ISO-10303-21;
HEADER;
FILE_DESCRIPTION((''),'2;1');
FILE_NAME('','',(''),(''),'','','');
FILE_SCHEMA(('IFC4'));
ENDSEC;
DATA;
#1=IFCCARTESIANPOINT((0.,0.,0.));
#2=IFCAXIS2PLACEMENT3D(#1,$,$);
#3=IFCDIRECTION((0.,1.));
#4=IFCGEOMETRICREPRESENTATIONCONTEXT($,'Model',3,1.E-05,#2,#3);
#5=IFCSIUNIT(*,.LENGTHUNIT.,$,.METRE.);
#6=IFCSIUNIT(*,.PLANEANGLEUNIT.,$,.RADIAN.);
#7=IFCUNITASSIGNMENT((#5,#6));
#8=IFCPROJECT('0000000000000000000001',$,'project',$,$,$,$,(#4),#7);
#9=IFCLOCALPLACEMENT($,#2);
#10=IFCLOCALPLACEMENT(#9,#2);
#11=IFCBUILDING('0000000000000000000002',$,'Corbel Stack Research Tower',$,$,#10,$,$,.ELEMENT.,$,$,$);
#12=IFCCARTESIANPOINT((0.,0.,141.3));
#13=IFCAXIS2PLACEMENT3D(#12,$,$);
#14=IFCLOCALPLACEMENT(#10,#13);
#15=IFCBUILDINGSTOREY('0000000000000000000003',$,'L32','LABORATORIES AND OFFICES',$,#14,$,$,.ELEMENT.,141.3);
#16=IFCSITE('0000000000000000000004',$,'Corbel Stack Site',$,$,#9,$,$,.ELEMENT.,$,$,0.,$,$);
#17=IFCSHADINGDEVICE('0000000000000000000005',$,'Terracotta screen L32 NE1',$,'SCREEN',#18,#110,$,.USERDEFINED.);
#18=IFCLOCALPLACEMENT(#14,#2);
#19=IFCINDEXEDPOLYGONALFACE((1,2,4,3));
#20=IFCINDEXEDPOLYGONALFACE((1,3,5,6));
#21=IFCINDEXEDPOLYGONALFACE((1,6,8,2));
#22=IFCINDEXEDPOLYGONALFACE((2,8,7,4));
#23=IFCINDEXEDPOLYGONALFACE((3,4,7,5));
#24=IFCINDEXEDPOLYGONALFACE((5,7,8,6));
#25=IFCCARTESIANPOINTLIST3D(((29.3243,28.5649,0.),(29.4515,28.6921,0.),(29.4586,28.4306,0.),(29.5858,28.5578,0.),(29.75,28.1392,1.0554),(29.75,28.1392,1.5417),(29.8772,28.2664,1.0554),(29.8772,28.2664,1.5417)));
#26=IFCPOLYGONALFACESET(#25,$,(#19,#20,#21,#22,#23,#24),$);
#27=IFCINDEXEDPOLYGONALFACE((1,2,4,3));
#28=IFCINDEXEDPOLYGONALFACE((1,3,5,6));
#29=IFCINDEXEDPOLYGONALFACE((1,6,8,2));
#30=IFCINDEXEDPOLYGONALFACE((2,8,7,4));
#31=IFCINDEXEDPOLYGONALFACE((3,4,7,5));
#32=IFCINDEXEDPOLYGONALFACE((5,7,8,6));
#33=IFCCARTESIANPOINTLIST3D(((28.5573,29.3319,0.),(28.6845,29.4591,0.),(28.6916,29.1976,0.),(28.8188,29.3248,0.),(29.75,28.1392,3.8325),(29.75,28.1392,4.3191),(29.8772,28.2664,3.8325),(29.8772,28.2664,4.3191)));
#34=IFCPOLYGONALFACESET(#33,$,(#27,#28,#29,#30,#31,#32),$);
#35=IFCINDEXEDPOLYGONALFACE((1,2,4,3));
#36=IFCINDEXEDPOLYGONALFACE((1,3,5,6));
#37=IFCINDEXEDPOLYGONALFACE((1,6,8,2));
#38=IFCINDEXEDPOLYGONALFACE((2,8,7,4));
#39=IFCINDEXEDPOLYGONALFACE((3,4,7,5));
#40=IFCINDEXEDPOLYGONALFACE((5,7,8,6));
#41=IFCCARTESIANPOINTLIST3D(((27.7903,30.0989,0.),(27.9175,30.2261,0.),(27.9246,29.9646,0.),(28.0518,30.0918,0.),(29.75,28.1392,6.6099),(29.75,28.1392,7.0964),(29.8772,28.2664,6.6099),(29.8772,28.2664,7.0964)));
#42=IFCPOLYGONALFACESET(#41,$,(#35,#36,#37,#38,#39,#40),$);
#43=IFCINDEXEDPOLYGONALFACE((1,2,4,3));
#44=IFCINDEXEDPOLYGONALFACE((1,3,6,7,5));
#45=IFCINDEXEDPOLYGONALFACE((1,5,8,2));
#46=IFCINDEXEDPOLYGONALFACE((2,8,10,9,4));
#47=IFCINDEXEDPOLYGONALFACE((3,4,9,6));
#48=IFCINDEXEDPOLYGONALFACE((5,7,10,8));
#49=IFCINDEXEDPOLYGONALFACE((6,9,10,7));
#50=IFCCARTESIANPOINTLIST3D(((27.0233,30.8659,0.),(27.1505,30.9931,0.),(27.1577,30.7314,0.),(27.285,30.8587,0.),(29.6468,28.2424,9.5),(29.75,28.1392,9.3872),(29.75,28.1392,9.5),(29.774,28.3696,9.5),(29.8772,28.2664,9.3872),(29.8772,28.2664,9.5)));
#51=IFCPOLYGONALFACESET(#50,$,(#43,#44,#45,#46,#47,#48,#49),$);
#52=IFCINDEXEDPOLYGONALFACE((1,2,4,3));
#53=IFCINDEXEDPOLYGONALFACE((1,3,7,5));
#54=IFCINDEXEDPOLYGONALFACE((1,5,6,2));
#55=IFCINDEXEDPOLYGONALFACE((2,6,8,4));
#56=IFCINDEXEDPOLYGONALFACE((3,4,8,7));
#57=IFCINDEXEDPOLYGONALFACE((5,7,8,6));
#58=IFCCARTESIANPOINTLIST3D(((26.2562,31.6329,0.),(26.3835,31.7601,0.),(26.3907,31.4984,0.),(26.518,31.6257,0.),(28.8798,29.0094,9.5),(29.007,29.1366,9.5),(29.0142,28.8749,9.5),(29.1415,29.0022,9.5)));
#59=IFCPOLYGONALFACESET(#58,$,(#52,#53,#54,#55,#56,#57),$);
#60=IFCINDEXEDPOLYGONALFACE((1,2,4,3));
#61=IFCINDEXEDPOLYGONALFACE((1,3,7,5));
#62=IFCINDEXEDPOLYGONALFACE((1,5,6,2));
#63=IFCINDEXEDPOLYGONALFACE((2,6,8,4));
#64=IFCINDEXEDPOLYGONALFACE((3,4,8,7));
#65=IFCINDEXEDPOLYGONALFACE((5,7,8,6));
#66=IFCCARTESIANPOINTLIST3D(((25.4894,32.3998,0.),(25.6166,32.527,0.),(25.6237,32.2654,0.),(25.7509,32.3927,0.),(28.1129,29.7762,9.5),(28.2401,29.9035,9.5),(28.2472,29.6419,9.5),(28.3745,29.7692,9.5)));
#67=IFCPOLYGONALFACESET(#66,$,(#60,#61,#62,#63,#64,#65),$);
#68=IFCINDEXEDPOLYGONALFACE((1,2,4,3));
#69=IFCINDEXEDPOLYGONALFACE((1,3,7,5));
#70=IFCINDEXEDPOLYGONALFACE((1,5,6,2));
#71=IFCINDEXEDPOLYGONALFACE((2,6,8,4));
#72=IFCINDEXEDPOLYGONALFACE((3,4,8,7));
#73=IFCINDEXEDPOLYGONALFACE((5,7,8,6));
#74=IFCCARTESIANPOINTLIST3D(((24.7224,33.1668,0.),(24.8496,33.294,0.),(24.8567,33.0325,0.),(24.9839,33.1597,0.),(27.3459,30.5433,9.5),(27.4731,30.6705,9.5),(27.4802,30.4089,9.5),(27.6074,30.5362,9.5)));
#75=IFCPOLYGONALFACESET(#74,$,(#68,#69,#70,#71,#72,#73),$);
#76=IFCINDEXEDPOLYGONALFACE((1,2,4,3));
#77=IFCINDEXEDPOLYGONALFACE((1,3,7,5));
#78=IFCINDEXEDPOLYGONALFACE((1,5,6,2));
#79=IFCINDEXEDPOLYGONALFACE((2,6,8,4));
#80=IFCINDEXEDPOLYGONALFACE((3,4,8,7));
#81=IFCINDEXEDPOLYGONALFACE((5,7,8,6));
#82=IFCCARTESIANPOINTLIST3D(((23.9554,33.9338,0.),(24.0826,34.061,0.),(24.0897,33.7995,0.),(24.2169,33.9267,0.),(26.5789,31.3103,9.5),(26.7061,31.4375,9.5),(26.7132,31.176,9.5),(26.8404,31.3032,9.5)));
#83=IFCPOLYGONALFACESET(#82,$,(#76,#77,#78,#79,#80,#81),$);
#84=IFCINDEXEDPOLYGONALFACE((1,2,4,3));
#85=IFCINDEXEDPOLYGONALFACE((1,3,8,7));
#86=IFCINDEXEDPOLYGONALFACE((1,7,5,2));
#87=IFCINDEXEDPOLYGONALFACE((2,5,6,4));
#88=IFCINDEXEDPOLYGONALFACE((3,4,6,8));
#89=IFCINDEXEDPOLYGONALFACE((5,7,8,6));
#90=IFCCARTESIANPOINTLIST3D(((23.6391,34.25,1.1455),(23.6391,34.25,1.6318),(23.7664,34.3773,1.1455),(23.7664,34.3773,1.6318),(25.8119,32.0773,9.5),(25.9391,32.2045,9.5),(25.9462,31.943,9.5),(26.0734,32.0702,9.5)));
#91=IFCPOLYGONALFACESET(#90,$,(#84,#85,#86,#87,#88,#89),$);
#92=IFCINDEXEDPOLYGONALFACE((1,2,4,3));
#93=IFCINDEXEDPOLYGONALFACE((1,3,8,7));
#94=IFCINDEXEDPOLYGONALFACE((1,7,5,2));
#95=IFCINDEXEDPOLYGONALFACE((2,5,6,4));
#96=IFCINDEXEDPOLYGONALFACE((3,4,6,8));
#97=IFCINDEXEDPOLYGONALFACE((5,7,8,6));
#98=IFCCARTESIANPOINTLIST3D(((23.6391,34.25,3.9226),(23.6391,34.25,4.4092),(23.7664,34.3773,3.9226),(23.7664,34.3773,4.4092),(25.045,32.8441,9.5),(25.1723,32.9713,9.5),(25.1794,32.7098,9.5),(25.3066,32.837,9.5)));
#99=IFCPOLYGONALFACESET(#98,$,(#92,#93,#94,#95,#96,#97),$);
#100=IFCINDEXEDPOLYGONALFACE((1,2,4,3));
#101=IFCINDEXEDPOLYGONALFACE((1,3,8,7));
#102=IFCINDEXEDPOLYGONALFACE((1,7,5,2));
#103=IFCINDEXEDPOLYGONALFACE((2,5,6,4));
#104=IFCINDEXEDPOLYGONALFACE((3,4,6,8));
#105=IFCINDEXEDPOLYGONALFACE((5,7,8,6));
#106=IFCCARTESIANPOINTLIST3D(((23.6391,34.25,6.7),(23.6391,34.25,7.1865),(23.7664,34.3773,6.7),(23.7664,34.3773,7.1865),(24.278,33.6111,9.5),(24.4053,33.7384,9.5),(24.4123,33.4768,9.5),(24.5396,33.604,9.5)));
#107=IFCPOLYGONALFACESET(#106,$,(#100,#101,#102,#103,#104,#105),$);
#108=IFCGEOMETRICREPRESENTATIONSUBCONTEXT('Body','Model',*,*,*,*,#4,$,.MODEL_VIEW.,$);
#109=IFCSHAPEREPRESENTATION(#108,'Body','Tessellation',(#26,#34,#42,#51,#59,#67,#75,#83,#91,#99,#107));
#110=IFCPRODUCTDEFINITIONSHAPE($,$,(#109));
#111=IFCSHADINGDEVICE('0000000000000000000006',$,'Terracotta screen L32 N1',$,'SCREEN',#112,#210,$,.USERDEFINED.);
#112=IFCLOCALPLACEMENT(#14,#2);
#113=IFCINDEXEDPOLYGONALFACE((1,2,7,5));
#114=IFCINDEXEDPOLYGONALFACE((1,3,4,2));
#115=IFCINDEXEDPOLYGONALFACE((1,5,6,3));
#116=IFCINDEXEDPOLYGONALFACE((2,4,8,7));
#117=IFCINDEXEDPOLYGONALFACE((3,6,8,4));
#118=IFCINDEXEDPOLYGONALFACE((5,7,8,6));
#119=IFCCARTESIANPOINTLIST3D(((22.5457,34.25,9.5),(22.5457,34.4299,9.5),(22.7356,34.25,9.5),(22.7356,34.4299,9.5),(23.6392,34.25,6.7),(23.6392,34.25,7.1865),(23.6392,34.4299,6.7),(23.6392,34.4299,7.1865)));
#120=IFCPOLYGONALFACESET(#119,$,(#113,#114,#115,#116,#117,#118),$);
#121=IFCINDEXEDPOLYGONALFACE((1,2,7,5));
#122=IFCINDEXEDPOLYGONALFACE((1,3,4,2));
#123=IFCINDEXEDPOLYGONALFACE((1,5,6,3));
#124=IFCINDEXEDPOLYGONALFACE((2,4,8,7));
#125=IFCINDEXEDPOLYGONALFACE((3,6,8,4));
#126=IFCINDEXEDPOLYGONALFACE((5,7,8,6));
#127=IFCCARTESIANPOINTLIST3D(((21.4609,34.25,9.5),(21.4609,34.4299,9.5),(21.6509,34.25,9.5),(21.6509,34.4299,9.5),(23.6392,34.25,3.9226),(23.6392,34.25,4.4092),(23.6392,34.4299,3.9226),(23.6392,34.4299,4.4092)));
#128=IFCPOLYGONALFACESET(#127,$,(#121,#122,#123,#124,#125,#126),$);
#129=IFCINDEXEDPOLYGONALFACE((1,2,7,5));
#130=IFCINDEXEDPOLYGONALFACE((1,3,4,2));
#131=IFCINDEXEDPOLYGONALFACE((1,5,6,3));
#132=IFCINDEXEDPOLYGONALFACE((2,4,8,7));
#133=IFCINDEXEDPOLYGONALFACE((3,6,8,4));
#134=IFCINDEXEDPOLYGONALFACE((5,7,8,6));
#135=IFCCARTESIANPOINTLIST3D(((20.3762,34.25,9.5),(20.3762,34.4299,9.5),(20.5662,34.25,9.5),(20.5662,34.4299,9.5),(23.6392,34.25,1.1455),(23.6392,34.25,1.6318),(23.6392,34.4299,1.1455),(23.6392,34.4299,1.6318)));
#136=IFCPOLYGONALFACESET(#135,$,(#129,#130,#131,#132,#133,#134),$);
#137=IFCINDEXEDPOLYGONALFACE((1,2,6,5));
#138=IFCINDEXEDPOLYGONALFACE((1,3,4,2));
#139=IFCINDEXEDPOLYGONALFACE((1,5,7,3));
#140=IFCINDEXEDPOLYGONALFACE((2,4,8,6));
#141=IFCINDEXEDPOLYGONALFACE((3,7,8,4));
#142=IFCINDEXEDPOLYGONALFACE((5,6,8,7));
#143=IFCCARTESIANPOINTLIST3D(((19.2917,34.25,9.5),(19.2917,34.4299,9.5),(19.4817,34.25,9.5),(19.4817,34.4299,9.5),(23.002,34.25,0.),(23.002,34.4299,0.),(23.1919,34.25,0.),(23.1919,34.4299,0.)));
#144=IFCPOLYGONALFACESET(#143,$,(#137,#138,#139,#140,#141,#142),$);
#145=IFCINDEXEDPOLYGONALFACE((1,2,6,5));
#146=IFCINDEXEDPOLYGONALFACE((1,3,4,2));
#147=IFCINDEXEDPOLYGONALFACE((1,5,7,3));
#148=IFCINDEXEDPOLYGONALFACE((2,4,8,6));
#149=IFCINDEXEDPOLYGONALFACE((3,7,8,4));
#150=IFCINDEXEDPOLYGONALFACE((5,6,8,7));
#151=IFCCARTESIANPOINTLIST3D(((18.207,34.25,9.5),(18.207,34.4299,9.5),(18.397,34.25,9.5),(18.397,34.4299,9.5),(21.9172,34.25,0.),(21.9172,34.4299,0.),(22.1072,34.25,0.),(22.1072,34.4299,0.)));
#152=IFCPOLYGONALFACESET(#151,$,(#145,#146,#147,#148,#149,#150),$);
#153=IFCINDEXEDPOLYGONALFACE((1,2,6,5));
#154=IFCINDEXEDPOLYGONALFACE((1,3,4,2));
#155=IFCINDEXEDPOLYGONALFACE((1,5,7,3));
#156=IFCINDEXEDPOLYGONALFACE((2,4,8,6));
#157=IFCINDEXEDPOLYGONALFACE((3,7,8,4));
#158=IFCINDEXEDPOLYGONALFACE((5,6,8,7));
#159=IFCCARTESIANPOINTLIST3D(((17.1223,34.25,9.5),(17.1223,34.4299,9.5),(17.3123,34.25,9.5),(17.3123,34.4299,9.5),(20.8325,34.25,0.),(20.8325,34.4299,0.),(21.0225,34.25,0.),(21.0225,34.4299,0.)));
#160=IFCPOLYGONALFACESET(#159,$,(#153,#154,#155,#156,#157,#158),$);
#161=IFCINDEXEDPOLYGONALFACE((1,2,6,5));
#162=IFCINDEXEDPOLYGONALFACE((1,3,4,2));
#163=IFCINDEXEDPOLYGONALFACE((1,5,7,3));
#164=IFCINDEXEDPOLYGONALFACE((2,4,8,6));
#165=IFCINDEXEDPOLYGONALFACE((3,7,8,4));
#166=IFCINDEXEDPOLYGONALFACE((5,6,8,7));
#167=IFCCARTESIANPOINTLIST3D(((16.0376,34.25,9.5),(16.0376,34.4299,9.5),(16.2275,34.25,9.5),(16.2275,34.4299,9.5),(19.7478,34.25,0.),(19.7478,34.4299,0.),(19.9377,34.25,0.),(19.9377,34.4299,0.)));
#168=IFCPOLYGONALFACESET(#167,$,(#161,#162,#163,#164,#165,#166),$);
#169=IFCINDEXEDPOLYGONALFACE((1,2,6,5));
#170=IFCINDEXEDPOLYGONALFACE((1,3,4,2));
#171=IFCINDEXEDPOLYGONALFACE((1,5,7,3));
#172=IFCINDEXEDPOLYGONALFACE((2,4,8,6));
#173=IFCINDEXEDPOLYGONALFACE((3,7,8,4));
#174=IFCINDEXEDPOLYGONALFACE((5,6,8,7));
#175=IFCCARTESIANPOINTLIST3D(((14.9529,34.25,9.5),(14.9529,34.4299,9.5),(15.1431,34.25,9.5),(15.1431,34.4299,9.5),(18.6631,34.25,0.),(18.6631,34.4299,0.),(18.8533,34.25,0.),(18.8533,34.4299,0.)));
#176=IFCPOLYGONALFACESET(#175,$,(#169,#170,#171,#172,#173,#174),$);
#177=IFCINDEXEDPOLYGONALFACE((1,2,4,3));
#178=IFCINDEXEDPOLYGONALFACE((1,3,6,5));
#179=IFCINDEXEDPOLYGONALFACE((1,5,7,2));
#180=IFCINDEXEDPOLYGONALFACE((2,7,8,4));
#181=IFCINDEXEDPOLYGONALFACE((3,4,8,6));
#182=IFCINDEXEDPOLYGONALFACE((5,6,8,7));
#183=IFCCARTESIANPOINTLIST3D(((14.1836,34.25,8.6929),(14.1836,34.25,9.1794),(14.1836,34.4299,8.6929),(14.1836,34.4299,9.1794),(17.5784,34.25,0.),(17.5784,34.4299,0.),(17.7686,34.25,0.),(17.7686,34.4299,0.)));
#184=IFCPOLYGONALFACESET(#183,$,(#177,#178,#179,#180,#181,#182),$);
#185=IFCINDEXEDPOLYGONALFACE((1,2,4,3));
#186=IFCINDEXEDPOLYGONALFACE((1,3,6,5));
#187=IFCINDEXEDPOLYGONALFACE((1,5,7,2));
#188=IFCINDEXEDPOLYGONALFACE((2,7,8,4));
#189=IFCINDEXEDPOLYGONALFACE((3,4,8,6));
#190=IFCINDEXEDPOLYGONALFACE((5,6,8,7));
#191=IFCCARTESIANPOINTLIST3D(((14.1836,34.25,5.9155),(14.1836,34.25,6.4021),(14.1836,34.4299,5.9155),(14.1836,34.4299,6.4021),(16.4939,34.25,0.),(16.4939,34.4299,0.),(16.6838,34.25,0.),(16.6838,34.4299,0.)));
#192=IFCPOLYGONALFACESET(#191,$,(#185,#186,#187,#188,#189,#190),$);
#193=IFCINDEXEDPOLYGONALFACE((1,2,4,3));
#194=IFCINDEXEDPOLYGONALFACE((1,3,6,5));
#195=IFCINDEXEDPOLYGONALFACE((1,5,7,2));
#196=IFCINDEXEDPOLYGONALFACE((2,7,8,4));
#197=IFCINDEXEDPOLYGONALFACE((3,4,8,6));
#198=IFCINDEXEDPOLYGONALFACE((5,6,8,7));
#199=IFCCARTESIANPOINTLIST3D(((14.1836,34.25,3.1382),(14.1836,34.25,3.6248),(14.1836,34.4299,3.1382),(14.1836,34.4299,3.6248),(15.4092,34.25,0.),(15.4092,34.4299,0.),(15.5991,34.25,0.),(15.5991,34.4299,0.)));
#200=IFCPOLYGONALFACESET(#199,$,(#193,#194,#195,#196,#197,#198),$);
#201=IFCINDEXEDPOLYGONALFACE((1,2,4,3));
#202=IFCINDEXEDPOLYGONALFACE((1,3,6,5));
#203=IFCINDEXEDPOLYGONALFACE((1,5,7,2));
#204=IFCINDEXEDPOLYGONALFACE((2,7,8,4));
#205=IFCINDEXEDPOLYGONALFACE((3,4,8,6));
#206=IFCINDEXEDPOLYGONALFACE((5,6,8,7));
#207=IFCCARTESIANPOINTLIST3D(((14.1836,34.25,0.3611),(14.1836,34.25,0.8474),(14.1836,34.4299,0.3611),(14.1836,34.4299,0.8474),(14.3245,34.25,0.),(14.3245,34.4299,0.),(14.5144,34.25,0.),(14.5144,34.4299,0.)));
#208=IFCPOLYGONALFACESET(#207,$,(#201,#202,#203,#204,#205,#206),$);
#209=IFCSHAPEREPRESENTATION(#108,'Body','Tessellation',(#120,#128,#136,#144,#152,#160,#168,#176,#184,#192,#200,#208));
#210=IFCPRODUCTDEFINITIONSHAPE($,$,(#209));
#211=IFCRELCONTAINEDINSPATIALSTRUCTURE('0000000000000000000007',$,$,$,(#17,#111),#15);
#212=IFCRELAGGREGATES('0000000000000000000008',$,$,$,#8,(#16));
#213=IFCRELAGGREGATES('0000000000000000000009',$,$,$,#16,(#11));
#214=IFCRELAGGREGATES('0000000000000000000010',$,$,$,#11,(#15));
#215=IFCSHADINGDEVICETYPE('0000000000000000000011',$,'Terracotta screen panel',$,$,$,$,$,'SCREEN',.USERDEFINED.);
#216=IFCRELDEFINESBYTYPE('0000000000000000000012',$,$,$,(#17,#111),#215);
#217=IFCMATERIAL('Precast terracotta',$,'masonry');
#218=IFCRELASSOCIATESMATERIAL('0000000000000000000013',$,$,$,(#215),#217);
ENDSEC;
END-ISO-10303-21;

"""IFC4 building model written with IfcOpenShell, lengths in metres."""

from ifc_helpers import new_model, si_unit, direction, frame, origin, place, context, subcontext, project, spatial, polyline, outline, extrude, source, transform, mapped, material, type_object, element, save


model = new_model("IFC4")

# Units and contexts
model_context = context("Model", 3, precision=1e-05, world=origin(), true_north=direction((0.0, 1.0)))
body_context = subcontext(model_context, "Body", "Model", "MODEL_VIEW")
ifc_project = project(units=[si_unit("LENGTHUNIT", "METRE"), si_unit("PLANEANGLEUNIT", "RADIAN")], contexts=[model_context])

# Site, building, storey
site_placement = place(None, origin())
site = spatial("IfcSite", under=ifc_project, at=site_placement, Name="Corbel Stack Site", CompositionType="ELEMENT", RefElevation=0.0)
building_placement = place(site_placement, origin())
building = spatial("IfcBuilding", under=site, at=building_placement, Name="Corbel Stack Research Tower", CompositionType="ELEMENT")
storey_placement = place(building_placement, frame((0.0, 0.0, 141.3)))
storey = spatial("IfcBuildingStorey", under=building, at=storey_placement, Name="L32", Description="LABORATORIES AND OFFICES", CompositionType="ELEMENT", Elevation=141.3)

# Shading devices
ifc_material_1 = material(Name="Precast terracotta", Category="masonry")
shading_device_type = type_object("IfcShadingDeviceType", Name="Terracotta screen panel", ElementType="SCREEN", PredefinedType="USERDEFINED", material=ifc_material_1)
shared_shape_1 = source(origin(), body_context, "Body", "SweptSolid", [
    extrude(outline(polyline([(0.6021, 0.0), (0.0, 1.5417), (0.0, 1.0554), (0.4121, 0.0), (0.6021, 0.0)])), frame((0.0, 0.0, 0.0), z_axis=(0.0, -1.0, 0.0), x_axis=(1.0, 0.0, 0.0)), (0.0, 0.0, 1.0), 0.1799),
    extrude(outline(polyline([(1.6868, 0.0), (0.0, 4.3191), (0.0, 3.8325), (1.4968, 0.0), (1.6868, 0.0)])), frame((0.0, 0.0, 0.0), z_axis=(0.0, -1.0, 0.0), x_axis=(1.0, 0.0, 0.0)), (0.0, 0.0, 1.0), 0.1799),
    extrude(outline(polyline([(2.7715, 0.0), (0.0, 7.0964), (0.0, 6.6099), (2.5815, 0.0), (2.7715, 0.0)])), frame((0.0, 0.0, 0.0), z_axis=(0.0, -1.0, 0.0), x_axis=(1.0, 0.0, 0.0)), (0.0, 0.0, 1.0), 0.1799),
    extrude(outline(polyline([(3.8562, 0.0), (0.146, 9.5), (0.0, 9.5), (0.0, 9.3872), (3.666, 0.0), (3.8562, 0.0)])), frame((0.0, 0.0, 0.0), z_axis=(0.0, -1.0, 0.0), x_axis=(1.0, 0.0, 0.0)), (0.0, 0.0, 1.0), 0.1799),
    extrude(outline(polyline([(4.9409, 0.0), (1.2307, 9.5), (1.0405, 9.5), (4.7507, 0.0), (4.9409, 0.0)])), frame((0.0, 0.0, 0.0), z_axis=(0.0, -1.0, 0.0), x_axis=(1.0, 0.0, 0.0)), (0.0, 0.0, 1.0), 0.1799),
    extrude(outline(polyline([(6.0254, 0.0), (2.3152, 9.5), (2.1252, 9.5), (5.8354, 0.0), (6.0254, 0.0)])), frame((0.0, 0.0, 0.0), z_axis=(0.0, -1.0, 0.0), x_axis=(1.0, 0.0, 0.0)), (0.0, 0.0, 1.0), 0.1799),
    extrude(outline(polyline([(7.1101, 0.0), (3.3999, 9.5), (3.21, 9.5), (6.9202, 0.0), (7.1101, 0.0)])), frame((0.0, 0.0, 0.0), z_axis=(0.0, -1.0, 0.0), x_axis=(1.0, 0.0, 0.0)), (0.0, 0.0, 1.0), 0.1799),
    extrude(outline(polyline([(8.1948, 0.0), (4.4846, 9.5), (4.2947, 9.5), (8.0049, 0.0), (8.1948, 0.0)])), frame((0.0, 0.0, 0.0), z_axis=(0.0, -1.0, 0.0), x_axis=(1.0, 0.0, 0.0)), (0.0, 0.0, 1.0), 0.1799),
    extrude(outline(polyline([(5.5693, 9.5), (5.3794, 9.5), (8.6421, 1.1455), (8.6421, 1.6318), (5.5693, 9.5)])), frame((0.0, 0.0, 0.0), z_axis=(0.0, -1.0, 0.0), x_axis=(1.0, 0.0, 0.0)), (0.0, 0.0, 1.0), 0.1799),
    extrude(outline(polyline([(6.6538, 9.5), (6.4639, 9.5), (8.6421, 3.9226), (8.6421, 4.4092), (6.6538, 9.5)])), frame((0.0, 0.0, 0.0), z_axis=(0.0, -1.0, 0.0), x_axis=(1.0, 0.0, 0.0)), (0.0, 0.0, 1.0), 0.1799),
    extrude(outline(polyline([(7.7385, 9.5), (7.5486, 9.5), (8.6421, 6.7), (8.6421, 7.1865), (7.7385, 9.5)])), frame((0.0, 0.0, 0.0), z_axis=(0.0, -1.0, 0.0), x_axis=(1.0, 0.0, 0.0)), (0.0, 0.0, 1.0), 0.1799),
])
shading_device_1_placement = place(storey_placement, frame((29.75, 28.1392, 0.0), z_axis=(0.0, 0.0, 1.0), x_axis=(-0.707107, 0.707107, 0.0)))
element("IfcShadingDevice", 1, at=shading_device_1_placement, inside=storey, type_object=shading_device_type, Name="Terracotta screen L32 NE1", ObjectType="SCREEN", PredefinedType="USERDEFINED", context=body_context, shape_type="MappedRepresentation", body=[
    mapped(shared_shape_1, transform((0.0, 0.0, 0.0))),
])
shared_shape_2 = source(origin(), body_context, "Body", "SweptSolid", [
    extrude(outline(polyline([(1.0935, 9.5), (0.9036, 9.5), (0.0, 7.1865), (0.0, 6.7), (1.0935, 9.5)])), frame((0.0, 0.0, 0.0), z_axis=(0.0, -1.0, 0.0), x_axis=(1.0, 0.0, 0.0)), (0.0, 0.0, 1.0), 0.1799),
    extrude(outline(polyline([(2.1782, 9.5), (1.9883, 9.5), (0.0, 4.4092), (0.0, 3.9226), (2.1782, 9.5)])), frame((0.0, 0.0, 0.0), z_axis=(0.0, -1.0, 0.0), x_axis=(1.0, 0.0, 0.0)), (0.0, 0.0, 1.0), 0.1799),
    extrude(outline(polyline([(3.2629, 9.5), (3.073, 9.5), (0.0, 1.6318), (0.0, 1.1455), (3.2629, 9.5)])), frame((0.0, 0.0, 0.0), z_axis=(0.0, -1.0, 0.0), x_axis=(1.0, 0.0, 0.0)), (0.0, 0.0, 1.0), 0.1799),
    extrude(outline(polyline([(0.6372, 0.0), (4.3474, 9.5), (4.1575, 9.5), (0.4473, 0.0), (0.6372, 0.0)])), frame((0.0, 0.0, 0.0), z_axis=(0.0, -1.0, 0.0), x_axis=(1.0, 0.0, 0.0)), (0.0, 0.0, 1.0), 0.1799),
    extrude(outline(polyline([(1.7219, 0.0), (5.4321, 9.5), (5.2422, 9.5), (1.532, 0.0), (1.7219, 0.0)])), frame((0.0, 0.0, 0.0), z_axis=(0.0, -1.0, 0.0), x_axis=(1.0, 0.0, 0.0)), (0.0, 0.0, 1.0), 0.1799),
    extrude(outline(polyline([(2.8066, 0.0), (6.5168, 9.5), (6.3269, 9.5), (2.6167, 0.0), (2.8066, 0.0)])), frame((0.0, 0.0, 0.0), z_axis=(0.0, -1.0, 0.0), x_axis=(1.0, 0.0, 0.0)), (0.0, 0.0, 1.0), 0.1799),
    extrude(outline(polyline([(3.8914, 0.0), (7.6016, 9.5), (7.4116, 9.5), (3.7014, 0.0), (3.8914, 0.0)])), frame((0.0, 0.0, 0.0), z_axis=(0.0, -1.0, 0.0), x_axis=(1.0, 0.0, 0.0)), (0.0, 0.0, 1.0), 0.1799),
    extrude(outline(polyline([(4.9761, 0.0), (8.6863, 9.5), (8.4961, 9.5), (4.7859, 0.0), (4.9761, 0.0)])), frame((0.0, 0.0, 0.0), z_axis=(0.0, -1.0, 0.0), x_axis=(1.0, 0.0, 0.0)), (0.0, 0.0, 1.0), 0.1799),
    extrude(outline(polyline([(6.0608, 0.0), (9.4556, 8.6929), (9.4556, 9.1794), (5.8706, 0.0), (6.0608, 0.0)])), frame((0.0, 0.0, 0.0), z_axis=(0.0, -1.0, 0.0), x_axis=(1.0, 0.0, 0.0)), (0.0, 0.0, 1.0), 0.1799),
    extrude(outline(polyline([(7.1453, 0.0), (9.4556, 5.9155), (9.4556, 6.4021), (6.9553, 0.0), (7.1453, 0.0)])), frame((0.0, 0.0, 0.0), z_axis=(0.0, -1.0, 0.0), x_axis=(1.0, 0.0, 0.0)), (0.0, 0.0, 1.0), 0.1799),
    extrude(outline(polyline([(8.23, 0.0), (9.4556, 3.1382), (9.4556, 3.6248), (8.04, 0.0), (8.23, 0.0)])), frame((0.0, 0.0, 0.0), z_axis=(0.0, -1.0, 0.0), x_axis=(1.0, 0.0, 0.0)), (0.0, 0.0, 1.0), 0.1799),
    extrude(outline(polyline([(9.3147, 0.0), (9.4556, 0.3611), (9.4556, 0.8474), (9.1248, 0.0), (9.3147, 0.0)])), frame((0.0, 0.0, 0.0), z_axis=(0.0, -1.0, 0.0), x_axis=(1.0, 0.0, 0.0)), (0.0, 0.0, 1.0), 0.1799),
])
shading_device_2_placement = place(storey_placement, frame((23.6392, 34.25, 0.0), z_axis=(0.0, 0.0, 1.0), x_axis=(-1.0, 0.0, 0.0)))
element("IfcShadingDevice", 2, at=shading_device_2_placement, inside=storey, type_object=shading_device_type, Name="Terracotta screen L32 N1", ObjectType="SCREEN", PredefinedType="USERDEFINED", context=body_context, shape_type="MappedRepresentation", body=[
    mapped(shared_shape_2, transform((0.0, 0.0, 0.0))),
])

save(model, "model.ifc")
